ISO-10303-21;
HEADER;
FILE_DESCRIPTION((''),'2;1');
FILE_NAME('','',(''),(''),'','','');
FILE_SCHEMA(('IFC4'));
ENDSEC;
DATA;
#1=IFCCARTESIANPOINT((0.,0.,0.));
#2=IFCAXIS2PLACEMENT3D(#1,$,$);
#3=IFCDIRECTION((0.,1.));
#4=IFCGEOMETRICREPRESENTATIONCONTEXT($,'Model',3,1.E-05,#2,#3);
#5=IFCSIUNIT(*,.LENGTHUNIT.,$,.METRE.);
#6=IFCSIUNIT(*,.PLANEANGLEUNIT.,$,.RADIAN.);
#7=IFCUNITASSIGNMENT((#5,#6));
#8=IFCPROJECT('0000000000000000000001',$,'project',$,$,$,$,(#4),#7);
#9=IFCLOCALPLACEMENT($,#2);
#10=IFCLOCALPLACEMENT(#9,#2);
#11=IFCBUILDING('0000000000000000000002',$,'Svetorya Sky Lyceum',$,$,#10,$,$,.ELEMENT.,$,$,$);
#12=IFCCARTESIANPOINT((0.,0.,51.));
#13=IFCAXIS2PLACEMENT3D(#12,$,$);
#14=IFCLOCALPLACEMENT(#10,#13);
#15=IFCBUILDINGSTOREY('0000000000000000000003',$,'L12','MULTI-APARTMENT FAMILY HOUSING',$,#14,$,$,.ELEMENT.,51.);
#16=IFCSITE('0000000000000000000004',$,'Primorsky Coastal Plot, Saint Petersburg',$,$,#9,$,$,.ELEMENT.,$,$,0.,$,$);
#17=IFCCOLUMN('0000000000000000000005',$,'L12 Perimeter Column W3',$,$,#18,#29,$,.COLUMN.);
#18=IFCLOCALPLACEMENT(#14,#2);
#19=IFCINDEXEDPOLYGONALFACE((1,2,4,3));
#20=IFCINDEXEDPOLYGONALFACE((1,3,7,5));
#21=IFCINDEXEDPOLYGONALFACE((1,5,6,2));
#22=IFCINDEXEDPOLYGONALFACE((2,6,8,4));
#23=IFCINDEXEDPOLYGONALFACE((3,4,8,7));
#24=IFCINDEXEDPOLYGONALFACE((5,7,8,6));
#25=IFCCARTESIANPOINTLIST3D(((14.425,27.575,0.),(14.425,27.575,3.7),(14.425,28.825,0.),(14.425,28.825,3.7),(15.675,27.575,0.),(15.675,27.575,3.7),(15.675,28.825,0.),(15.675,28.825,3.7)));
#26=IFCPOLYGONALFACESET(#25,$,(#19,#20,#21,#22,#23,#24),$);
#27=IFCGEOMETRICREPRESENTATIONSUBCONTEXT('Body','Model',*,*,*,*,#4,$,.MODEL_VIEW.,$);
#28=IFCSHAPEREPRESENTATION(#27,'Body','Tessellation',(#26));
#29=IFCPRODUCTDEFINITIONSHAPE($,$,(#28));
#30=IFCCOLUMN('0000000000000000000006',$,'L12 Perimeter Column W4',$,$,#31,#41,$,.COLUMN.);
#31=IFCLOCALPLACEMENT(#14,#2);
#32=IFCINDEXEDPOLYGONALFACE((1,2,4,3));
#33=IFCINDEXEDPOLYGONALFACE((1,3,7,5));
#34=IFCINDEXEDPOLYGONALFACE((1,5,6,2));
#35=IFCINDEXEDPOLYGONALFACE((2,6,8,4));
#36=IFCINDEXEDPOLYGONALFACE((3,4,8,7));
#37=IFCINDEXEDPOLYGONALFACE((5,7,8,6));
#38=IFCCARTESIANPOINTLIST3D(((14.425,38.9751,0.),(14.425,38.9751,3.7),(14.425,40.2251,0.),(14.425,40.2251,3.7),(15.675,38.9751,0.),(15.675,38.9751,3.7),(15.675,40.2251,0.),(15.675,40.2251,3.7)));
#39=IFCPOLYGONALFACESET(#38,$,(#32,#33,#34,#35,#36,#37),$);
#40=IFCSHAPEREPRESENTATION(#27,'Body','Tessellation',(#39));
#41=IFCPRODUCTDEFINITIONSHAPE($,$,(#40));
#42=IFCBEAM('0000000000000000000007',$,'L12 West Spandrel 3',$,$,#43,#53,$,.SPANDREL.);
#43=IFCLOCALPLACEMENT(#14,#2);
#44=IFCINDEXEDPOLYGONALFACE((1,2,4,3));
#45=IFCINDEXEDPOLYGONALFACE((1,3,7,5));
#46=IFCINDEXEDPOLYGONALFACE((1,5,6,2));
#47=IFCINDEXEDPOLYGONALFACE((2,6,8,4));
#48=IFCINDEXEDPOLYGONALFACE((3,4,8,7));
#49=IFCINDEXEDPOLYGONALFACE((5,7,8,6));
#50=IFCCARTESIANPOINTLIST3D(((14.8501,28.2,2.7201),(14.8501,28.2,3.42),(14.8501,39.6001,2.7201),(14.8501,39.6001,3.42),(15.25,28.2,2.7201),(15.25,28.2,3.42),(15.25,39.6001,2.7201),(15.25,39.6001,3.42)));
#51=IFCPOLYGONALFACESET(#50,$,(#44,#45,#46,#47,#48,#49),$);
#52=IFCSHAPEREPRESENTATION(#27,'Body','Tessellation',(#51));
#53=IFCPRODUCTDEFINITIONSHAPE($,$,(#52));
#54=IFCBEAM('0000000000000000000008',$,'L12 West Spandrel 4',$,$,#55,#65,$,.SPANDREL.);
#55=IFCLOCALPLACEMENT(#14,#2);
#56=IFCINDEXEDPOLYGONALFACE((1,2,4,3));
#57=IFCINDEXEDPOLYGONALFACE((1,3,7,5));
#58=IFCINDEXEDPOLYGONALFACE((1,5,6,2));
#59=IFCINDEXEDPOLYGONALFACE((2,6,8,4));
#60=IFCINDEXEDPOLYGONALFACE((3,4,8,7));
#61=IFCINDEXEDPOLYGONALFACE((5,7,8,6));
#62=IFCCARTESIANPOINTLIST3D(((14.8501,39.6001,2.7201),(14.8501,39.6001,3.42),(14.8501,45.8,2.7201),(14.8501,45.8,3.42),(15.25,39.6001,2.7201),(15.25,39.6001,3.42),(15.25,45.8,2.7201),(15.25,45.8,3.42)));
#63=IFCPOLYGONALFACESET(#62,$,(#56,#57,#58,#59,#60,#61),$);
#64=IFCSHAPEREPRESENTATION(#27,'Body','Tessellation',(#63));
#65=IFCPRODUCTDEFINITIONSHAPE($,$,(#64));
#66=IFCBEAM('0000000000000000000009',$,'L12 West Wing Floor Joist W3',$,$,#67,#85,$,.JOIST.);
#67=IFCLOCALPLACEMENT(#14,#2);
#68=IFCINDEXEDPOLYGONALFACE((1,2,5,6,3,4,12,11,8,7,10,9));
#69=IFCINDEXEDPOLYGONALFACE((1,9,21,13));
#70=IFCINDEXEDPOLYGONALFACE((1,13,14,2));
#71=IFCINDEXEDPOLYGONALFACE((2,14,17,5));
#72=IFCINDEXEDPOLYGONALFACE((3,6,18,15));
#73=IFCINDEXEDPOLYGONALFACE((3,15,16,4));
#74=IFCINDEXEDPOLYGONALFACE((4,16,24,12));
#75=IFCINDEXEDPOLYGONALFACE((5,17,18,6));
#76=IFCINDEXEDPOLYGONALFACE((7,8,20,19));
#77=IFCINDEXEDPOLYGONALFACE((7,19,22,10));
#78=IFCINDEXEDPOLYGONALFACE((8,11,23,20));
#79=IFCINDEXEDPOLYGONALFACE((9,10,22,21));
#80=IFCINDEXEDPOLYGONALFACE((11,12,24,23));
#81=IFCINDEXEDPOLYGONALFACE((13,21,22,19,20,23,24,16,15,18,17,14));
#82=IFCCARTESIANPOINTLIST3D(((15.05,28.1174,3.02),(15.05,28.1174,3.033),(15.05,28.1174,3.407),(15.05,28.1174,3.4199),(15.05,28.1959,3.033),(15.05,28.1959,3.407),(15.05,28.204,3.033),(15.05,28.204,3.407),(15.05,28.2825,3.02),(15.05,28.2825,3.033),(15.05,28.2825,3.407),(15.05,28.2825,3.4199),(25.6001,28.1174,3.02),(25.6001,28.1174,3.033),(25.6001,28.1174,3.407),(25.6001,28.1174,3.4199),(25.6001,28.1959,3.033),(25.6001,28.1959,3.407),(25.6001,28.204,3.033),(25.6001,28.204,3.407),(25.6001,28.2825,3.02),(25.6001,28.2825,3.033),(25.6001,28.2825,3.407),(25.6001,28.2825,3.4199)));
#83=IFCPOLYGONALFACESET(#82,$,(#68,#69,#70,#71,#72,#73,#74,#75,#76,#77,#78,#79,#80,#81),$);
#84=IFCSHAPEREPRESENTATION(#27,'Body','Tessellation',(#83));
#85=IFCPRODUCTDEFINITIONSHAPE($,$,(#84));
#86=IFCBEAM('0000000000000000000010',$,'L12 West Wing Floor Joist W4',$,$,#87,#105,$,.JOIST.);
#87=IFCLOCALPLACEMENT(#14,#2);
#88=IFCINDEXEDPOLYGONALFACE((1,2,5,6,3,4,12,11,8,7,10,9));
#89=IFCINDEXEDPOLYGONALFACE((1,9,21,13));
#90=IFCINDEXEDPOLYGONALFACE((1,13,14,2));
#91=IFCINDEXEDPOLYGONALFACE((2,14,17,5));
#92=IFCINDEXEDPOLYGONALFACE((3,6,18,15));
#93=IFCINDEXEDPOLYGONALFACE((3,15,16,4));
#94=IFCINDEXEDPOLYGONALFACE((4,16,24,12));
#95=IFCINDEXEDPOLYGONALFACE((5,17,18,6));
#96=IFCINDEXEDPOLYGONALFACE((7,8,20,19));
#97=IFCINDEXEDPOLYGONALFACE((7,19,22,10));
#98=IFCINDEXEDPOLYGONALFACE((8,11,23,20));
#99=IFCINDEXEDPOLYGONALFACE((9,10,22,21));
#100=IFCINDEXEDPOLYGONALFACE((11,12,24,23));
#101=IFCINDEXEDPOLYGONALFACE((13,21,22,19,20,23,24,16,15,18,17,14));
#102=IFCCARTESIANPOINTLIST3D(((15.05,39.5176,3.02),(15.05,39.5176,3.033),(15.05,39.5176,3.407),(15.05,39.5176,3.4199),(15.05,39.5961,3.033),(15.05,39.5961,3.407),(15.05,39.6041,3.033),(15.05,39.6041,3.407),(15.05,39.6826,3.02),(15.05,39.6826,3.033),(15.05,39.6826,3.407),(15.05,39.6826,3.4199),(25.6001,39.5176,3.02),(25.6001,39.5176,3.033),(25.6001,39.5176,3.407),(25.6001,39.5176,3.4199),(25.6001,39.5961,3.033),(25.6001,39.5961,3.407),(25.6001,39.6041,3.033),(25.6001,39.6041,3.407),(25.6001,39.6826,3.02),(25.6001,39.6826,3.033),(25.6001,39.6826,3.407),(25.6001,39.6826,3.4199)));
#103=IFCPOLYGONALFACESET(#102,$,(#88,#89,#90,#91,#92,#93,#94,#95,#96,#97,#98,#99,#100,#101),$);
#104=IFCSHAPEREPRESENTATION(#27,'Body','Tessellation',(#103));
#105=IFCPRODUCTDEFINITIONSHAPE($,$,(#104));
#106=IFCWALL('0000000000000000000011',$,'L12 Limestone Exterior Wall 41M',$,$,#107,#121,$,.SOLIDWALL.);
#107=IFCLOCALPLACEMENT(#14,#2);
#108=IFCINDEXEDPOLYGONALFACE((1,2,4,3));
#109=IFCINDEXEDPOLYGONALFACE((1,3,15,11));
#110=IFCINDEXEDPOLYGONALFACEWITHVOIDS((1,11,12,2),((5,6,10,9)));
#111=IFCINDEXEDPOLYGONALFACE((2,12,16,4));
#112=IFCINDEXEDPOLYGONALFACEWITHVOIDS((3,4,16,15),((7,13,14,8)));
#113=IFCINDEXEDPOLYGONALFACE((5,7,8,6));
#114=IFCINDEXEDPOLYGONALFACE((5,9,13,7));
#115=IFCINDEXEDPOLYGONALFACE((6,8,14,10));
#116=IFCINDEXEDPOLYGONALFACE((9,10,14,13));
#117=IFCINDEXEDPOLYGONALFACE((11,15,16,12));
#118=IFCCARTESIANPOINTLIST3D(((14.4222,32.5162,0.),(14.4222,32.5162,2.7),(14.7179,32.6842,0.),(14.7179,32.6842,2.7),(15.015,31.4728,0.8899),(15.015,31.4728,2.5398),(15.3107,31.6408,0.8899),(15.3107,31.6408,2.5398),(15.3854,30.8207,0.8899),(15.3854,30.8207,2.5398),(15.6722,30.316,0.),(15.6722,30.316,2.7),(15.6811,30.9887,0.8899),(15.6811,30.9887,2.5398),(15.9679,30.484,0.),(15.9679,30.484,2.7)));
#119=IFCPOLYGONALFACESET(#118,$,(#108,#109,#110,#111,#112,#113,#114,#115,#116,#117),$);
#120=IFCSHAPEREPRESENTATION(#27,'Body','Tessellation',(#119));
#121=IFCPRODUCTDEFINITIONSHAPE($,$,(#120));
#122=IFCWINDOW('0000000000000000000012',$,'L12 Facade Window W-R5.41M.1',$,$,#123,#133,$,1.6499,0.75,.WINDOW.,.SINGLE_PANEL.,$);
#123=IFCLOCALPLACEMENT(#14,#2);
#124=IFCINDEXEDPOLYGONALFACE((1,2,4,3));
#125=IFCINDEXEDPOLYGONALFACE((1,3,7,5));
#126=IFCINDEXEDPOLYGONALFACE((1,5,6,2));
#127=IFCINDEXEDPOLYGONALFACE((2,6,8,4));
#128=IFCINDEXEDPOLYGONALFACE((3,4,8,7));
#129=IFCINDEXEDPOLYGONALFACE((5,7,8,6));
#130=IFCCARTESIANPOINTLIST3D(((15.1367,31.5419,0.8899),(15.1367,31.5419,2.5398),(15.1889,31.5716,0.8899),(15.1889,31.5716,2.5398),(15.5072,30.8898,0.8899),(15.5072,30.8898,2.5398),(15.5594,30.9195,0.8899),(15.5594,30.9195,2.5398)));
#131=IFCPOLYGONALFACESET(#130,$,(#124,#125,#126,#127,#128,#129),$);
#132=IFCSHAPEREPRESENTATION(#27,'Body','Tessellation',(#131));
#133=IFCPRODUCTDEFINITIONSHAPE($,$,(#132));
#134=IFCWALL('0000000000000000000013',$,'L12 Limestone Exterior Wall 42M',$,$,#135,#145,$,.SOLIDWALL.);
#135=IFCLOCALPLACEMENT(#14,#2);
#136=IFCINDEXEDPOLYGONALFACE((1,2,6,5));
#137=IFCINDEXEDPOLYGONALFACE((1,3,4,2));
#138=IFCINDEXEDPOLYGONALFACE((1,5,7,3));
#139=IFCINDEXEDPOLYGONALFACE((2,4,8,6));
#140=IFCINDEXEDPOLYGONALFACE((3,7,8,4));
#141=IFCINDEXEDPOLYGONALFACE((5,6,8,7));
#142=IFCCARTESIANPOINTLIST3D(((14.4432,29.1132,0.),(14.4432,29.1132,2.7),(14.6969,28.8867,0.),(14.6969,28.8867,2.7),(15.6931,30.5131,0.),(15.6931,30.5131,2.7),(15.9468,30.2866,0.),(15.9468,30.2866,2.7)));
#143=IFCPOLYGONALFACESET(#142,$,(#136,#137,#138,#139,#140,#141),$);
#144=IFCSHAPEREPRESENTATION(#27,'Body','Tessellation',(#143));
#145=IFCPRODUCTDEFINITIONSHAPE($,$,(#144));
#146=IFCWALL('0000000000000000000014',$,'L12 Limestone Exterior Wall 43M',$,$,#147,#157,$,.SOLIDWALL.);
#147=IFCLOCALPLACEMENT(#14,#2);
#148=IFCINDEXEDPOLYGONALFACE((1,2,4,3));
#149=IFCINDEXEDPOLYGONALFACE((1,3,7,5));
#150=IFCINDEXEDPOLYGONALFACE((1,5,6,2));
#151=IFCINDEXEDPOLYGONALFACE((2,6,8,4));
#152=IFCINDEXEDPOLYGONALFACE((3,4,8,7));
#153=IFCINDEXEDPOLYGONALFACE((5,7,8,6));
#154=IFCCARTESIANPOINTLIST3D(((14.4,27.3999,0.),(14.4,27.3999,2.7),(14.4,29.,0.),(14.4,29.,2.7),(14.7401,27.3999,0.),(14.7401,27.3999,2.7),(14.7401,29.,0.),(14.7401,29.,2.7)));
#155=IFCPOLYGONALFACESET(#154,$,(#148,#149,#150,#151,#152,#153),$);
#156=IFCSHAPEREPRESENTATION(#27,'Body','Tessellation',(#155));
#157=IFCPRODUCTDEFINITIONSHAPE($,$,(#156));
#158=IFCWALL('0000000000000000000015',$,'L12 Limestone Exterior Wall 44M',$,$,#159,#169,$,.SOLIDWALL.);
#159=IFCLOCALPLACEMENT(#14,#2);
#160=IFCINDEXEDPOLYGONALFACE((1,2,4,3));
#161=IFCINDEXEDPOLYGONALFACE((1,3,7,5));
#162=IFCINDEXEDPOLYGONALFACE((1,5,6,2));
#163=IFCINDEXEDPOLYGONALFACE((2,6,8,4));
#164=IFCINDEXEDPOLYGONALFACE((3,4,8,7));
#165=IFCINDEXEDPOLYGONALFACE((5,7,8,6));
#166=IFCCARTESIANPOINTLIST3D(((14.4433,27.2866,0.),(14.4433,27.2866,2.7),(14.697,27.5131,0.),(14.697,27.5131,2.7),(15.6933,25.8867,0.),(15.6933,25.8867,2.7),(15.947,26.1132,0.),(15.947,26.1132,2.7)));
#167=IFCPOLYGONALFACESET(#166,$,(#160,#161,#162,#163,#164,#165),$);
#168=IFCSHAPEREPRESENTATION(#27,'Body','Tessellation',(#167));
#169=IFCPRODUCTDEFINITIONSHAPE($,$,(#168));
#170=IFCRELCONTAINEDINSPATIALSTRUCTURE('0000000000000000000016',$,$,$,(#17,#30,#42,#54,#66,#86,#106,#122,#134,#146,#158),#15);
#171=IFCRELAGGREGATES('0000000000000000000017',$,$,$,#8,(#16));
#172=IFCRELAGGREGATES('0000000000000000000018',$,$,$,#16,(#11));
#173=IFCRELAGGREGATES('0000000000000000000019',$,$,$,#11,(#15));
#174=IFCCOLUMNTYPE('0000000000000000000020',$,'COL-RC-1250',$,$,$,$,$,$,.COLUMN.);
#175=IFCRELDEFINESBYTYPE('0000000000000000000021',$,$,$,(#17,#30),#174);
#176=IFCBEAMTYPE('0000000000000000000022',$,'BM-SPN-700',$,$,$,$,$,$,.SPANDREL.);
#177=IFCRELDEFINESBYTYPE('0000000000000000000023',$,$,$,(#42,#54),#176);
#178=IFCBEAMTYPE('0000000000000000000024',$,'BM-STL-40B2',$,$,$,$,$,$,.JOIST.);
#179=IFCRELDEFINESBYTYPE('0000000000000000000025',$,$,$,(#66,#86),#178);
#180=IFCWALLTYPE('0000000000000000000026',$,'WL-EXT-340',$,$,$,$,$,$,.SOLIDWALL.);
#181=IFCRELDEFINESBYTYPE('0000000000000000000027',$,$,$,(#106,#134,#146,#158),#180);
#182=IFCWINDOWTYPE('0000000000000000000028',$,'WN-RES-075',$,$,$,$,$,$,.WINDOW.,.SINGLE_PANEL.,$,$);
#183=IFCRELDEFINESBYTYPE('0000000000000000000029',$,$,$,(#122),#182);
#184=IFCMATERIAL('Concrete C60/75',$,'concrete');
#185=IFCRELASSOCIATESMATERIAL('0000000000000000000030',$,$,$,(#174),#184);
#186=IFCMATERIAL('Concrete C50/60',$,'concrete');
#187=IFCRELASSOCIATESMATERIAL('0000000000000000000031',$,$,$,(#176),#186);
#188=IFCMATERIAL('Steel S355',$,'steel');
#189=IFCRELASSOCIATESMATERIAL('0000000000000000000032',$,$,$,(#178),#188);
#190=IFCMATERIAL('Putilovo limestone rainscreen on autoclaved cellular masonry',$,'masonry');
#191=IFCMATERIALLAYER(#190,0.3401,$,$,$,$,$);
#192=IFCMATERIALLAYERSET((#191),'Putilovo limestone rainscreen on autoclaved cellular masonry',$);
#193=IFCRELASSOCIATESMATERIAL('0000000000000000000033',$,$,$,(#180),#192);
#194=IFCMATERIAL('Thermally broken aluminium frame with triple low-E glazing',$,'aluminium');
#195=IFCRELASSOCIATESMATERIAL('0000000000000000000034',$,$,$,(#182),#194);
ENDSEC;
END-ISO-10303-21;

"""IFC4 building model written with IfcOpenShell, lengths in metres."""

from ifc_helpers import new_model, si_unit, direction, frame, frame_2d, origin, origin_2d, place, context, subcontext, project, spatial, rectangle, i_section, extrude, material, layer, layer_set, material_profile, profile_set, type_object, element, fill, save


model = new_model("IFC4")

# Units and contexts
model_context = context("Model", 3, precision=1e-05, world=origin(), true_north=direction((0.0, 1.0)))
body_context = subcontext(model_context, "Body", "Model", "MODEL_VIEW")
ifc_project = project(units=[si_unit("LENGTHUNIT", "METRE"), si_unit("PLANEANGLEUNIT", "RADIAN")], contexts=[model_context])

# Site, building, storey
site_placement = place(None, origin())
site = spatial("IfcSite", under=ifc_project, at=site_placement, Name="Primorsky Coastal Plot, Saint Petersburg", CompositionType="ELEMENT", RefElevation=0.0)
building_placement = place(site_placement, origin())
building = spatial("IfcBuilding", under=site, at=building_placement, Name="Svetorya Sky Lyceum", CompositionType="ELEMENT")
storey_placement = place(building_placement, frame((0.0, 0.0, 51.0)))
storey = spatial("IfcBuildingStorey", under=building, at=storey_placement, Name="L12", Description="MULTI-APARTMENT FAMILY HOUSING", CompositionType="ELEMENT", Elevation=51.0)

# Columns
ifc_material_1 = material(Name="Concrete C60/75", Category="concrete")
ifc_material_profile_1 = material_profile(ifc_material_1, rectangle(XDim=1.25, YDim=1.25, at=origin_2d()), Name="RC COL 1250x1250")
ifc_profile_set_1 = profile_set([ifc_material_profile_1], Name="Concrete C60/75")
column_type = type_object("IfcColumnType", Name="COL-RC-1250", PredefinedType="COLUMN", material=ifc_profile_set_1)
for number, where, z_axis, x_axis, name in (
    (1, (15.05, 28.2, 0.0), (0.0, 0.0, 1.0), (1.0, 0.0, 0.0), "L12 Perimeter Column W3"),
    (2, (15.05, 39.6001, 0.0), (0.0, 0.0, 1.0), (1.0, 0.0, 0.0), "L12 Perimeter Column W4"),
):
    element("IfcColumn", number, at=place(storey_placement, frame(where, z_axis=z_axis, x_axis=x_axis)), inside=storey, type_object=column_type, Name=name, PredefinedType="COLUMN", context=body_context, shape_type="SweptSolid", body=[
        extrude(rectangle(XDim=1.25, YDim=1.25, at=origin_2d()), origin(), (0.0, 0.0, 1.0), 3.7),
    ])

# Beams
ifc_material_2 = material(Name="Concrete C50/60", Category="concrete")
ifc_material_profile_2 = material_profile(ifc_material_2, rectangle(XDim=0.3999, YDim=0.7, at=origin_2d()), Name="RC SPANDREL 400x700")
ifc_profile_set_2 = profile_set([ifc_material_profile_2], Name="Concrete C50/60")
beam_type_1 = type_object("IfcBeamType", Name="BM-SPN-700", PredefinedType="SPANDREL", material=ifc_profile_set_2)
beam_1_placement = place(storey_placement, frame((15.05, 28.2, 3.0701), z_axis=(0.0, 1.0, 0.0), x_axis=(-1.0, 0.0, 0.0)))
element("IfcBeam", 3, at=beam_1_placement, inside=storey, type_object=beam_type_1, Name="L12 West Spandrel 3", PredefinedType="SPANDREL", context=body_context, shape_type="SweptSolid", body=[
    extrude(rectangle(XDim=0.3999, YDim=0.7, at=origin_2d()), origin(), (0.0, 0.0, 1.0), 11.4001),
])
beam_2_placement = place(storey_placement, frame((15.05, 39.6001, 3.0701), z_axis=(0.0, 1.0, 0.0), x_axis=(-1.0, 0.0, 0.0)))
element("IfcBeam", 4, at=beam_2_placement, inside=storey, type_object=beam_type_1, Name="L12 West Spandrel 4", PredefinedType="SPANDREL", context=body_context, shape_type="SweptSolid", body=[
    extrude(rectangle(XDim=0.3999, YDim=0.7, at=origin_2d()), origin(), (0.0, 0.0, 1.0), 6.2),
])
ifc_material_3 = material(Name="Steel S355", Category="steel")
ifc_material_profile_3 = material_profile(ifc_material_3, i_section(OverallWidth=0.165, OverallDepth=0.3999, WebThickness=0.0081, FlangeThickness=0.0129, at=origin_2d()), Name="GOST 40B2")
ifc_profile_set_3 = profile_set([ifc_material_profile_3], Name="Steel S355")
beam_type_2 = type_object("IfcBeamType", Name="BM-STL-40B2", PredefinedType="JOIST", material=ifc_profile_set_3)
for number, where, z_axis, x_axis, name in (
    (5, (15.05, 28.2, 3.22), (1.0, 0.0, 0.0), (0.0, 1.0, 0.0), "L12 West Wing Floor Joist W3"),
    (6, (15.05, 39.6001, 3.22), (1.0, 0.0, 0.0), (0.0, 1.0, 0.0), "L12 West Wing Floor Joist W4"),
):
    element("IfcBeam", number, at=place(storey_placement, frame(where, z_axis=z_axis, x_axis=x_axis)), inside=storey, type_object=beam_type_2, Name=name, PredefinedType="JOIST", context=body_context, shape_type="SweptSolid", body=[
        extrude(i_section(OverallWidth=0.165, OverallDepth=0.3999, WebThickness=0.0081, FlangeThickness=0.0129, at=origin_2d()), origin(), (0.0, 0.0, 1.0), 10.55),
    ])

# Wall, opening, window
ifc_material_4 = material(Name="Putilovo limestone rainscreen on autoclaved cellular masonry", Category="masonry")
ifc_layer_1 = layer(ifc_material_4, 0.3401)
ifc_layer_set_1 = layer_set([ifc_layer_1], Name="Putilovo limestone rainscreen on autoclaved cellular masonry")
wall_type_1 = type_object("IfcWallType", Name="WL-EXT-340", PredefinedType="SOLIDWALL", material=ifc_layer_set_1)
wall_1_placement = place(storey_placement, frame((14.5701, 32.6001, 0.0), z_axis=(0.0, 0.0, 1.0), x_axis=(0.493976, -0.869475, 0.0)))
wall_1 = element("IfcWall", 7, at=wall_1_placement, inside=storey, type_object=wall_type_1, Name="L12 Limestone Exterior Wall 41M", PredefinedType="SOLIDWALL", context=body_context, shape_type="SweptSolid", body=[
    extrude(rectangle(XDim=2.5305, YDim=0.3401, at=frame_2d((1.2651, 0.0))), origin(), (0.0, 0.0, 1.0), 2.7),
])
opening_1_placement = place(wall_1_placement, frame((1.2, 0.0, 0.8899)))
opening_1 = element("IfcOpeningElement", 8, at=opening_1_placement, cuts=wall_1, PredefinedType="OPENING", context=body_context, shape_type="SweptSolid", body=[
    extrude(rectangle(XDim=0.75, YDim=1.6499, at=frame_2d((0.375, 0.825))), frame((0.0, 0.1799, 0.0), z_axis=(0.0, -1.0, 0.0), x_axis=(1.0, 0.0, 0.0)), (0.0, 0.0, 1.0), 0.3601),
])
ifc_material_5 = material(Name="Thermally broken aluminium frame with triple low-E glazing", Category="aluminium")
window_type_1 = type_object("IfcWindowType", Name="WN-RES-075", PartitioningType="SINGLE_PANEL", PredefinedType="WINDOW", material=ifc_material_5)
window_1_placement = place(opening_1_placement, origin())
window_1 = element("IfcWindow", 9, at=window_1_placement, inside=storey, type_object=window_type_1, Name="L12 Facade Window W-R5.41M.1", OverallHeight=1.6499, OverallWidth=0.75, PartitioningType="SINGLE_PANEL", PredefinedType="WINDOW", context=body_context, shape_type="SweptSolid", body=[
    extrude(rectangle(XDim=0.75, YDim=1.6499, at=frame_2d((0.375, 0.825))), frame((0.0, 0.03, 0.0), z_axis=(0.0, -1.0, 0.0), x_axis=(1.0, 0.0, 0.0)), (0.0, 0.0, 1.0), 0.0601),
])
fill(opening_1, window_1)

# Walls
wall_2_placement = place(storey_placement, frame((15.8201, 30.3999, 0.0), z_axis=(0.0, 0.0, 1.0), x_axis=(-0.666042, -0.745915, 0.0)))
element("IfcWall", 10, at=wall_2_placement, inside=storey, type_object=wall_type_1, Name="L12 Limestone Exterior Wall 42M", PredefinedType="SOLIDWALL", context=body_context, shape_type="SweptSolid", body=[
    extrude(rectangle(XDim=1.8767, YDim=0.3401, at=frame_2d((0.9385, 0.0))), origin(), (0.0, 0.0, 1.0), 2.7),
])
wall_3_placement = place(storey_placement, frame((14.5701, 29.0, 0.0), z_axis=(0.0, 0.0, 1.0), x_axis=(0.0, -1.0, 0.0)))
element("IfcWall", 11, at=wall_3_placement, inside=storey, type_object=wall_type_1, Name="L12 Limestone Exterior Wall 43M", PredefinedType="SOLIDWALL", context=body_context, shape_type="SweptSolid", body=[
    extrude(rectangle(XDim=1.6001, YDim=0.3401, at=frame_2d((0.8, 0.0))), origin(), (0.0, 0.0, 1.0), 2.7),
])
wall_4_placement = place(storey_placement, frame((14.5701, 27.3999, 0.0), z_axis=(0.0, 0.0, 1.0), x_axis=(0.666042, -0.745915, 0.0)))
element("IfcWall", 12, at=wall_4_placement, inside=storey, type_object=wall_type_1, Name="L12 Limestone Exterior Wall 44M", PredefinedType="SOLIDWALL", context=body_context, shape_type="SweptSolid", body=[
    extrude(rectangle(XDim=1.8767, YDim=0.3401, at=frame_2d((0.9385, 0.0))), origin(), (0.0, 0.0, 1.0), 2.7),
])

save(model, "model.ifc")
